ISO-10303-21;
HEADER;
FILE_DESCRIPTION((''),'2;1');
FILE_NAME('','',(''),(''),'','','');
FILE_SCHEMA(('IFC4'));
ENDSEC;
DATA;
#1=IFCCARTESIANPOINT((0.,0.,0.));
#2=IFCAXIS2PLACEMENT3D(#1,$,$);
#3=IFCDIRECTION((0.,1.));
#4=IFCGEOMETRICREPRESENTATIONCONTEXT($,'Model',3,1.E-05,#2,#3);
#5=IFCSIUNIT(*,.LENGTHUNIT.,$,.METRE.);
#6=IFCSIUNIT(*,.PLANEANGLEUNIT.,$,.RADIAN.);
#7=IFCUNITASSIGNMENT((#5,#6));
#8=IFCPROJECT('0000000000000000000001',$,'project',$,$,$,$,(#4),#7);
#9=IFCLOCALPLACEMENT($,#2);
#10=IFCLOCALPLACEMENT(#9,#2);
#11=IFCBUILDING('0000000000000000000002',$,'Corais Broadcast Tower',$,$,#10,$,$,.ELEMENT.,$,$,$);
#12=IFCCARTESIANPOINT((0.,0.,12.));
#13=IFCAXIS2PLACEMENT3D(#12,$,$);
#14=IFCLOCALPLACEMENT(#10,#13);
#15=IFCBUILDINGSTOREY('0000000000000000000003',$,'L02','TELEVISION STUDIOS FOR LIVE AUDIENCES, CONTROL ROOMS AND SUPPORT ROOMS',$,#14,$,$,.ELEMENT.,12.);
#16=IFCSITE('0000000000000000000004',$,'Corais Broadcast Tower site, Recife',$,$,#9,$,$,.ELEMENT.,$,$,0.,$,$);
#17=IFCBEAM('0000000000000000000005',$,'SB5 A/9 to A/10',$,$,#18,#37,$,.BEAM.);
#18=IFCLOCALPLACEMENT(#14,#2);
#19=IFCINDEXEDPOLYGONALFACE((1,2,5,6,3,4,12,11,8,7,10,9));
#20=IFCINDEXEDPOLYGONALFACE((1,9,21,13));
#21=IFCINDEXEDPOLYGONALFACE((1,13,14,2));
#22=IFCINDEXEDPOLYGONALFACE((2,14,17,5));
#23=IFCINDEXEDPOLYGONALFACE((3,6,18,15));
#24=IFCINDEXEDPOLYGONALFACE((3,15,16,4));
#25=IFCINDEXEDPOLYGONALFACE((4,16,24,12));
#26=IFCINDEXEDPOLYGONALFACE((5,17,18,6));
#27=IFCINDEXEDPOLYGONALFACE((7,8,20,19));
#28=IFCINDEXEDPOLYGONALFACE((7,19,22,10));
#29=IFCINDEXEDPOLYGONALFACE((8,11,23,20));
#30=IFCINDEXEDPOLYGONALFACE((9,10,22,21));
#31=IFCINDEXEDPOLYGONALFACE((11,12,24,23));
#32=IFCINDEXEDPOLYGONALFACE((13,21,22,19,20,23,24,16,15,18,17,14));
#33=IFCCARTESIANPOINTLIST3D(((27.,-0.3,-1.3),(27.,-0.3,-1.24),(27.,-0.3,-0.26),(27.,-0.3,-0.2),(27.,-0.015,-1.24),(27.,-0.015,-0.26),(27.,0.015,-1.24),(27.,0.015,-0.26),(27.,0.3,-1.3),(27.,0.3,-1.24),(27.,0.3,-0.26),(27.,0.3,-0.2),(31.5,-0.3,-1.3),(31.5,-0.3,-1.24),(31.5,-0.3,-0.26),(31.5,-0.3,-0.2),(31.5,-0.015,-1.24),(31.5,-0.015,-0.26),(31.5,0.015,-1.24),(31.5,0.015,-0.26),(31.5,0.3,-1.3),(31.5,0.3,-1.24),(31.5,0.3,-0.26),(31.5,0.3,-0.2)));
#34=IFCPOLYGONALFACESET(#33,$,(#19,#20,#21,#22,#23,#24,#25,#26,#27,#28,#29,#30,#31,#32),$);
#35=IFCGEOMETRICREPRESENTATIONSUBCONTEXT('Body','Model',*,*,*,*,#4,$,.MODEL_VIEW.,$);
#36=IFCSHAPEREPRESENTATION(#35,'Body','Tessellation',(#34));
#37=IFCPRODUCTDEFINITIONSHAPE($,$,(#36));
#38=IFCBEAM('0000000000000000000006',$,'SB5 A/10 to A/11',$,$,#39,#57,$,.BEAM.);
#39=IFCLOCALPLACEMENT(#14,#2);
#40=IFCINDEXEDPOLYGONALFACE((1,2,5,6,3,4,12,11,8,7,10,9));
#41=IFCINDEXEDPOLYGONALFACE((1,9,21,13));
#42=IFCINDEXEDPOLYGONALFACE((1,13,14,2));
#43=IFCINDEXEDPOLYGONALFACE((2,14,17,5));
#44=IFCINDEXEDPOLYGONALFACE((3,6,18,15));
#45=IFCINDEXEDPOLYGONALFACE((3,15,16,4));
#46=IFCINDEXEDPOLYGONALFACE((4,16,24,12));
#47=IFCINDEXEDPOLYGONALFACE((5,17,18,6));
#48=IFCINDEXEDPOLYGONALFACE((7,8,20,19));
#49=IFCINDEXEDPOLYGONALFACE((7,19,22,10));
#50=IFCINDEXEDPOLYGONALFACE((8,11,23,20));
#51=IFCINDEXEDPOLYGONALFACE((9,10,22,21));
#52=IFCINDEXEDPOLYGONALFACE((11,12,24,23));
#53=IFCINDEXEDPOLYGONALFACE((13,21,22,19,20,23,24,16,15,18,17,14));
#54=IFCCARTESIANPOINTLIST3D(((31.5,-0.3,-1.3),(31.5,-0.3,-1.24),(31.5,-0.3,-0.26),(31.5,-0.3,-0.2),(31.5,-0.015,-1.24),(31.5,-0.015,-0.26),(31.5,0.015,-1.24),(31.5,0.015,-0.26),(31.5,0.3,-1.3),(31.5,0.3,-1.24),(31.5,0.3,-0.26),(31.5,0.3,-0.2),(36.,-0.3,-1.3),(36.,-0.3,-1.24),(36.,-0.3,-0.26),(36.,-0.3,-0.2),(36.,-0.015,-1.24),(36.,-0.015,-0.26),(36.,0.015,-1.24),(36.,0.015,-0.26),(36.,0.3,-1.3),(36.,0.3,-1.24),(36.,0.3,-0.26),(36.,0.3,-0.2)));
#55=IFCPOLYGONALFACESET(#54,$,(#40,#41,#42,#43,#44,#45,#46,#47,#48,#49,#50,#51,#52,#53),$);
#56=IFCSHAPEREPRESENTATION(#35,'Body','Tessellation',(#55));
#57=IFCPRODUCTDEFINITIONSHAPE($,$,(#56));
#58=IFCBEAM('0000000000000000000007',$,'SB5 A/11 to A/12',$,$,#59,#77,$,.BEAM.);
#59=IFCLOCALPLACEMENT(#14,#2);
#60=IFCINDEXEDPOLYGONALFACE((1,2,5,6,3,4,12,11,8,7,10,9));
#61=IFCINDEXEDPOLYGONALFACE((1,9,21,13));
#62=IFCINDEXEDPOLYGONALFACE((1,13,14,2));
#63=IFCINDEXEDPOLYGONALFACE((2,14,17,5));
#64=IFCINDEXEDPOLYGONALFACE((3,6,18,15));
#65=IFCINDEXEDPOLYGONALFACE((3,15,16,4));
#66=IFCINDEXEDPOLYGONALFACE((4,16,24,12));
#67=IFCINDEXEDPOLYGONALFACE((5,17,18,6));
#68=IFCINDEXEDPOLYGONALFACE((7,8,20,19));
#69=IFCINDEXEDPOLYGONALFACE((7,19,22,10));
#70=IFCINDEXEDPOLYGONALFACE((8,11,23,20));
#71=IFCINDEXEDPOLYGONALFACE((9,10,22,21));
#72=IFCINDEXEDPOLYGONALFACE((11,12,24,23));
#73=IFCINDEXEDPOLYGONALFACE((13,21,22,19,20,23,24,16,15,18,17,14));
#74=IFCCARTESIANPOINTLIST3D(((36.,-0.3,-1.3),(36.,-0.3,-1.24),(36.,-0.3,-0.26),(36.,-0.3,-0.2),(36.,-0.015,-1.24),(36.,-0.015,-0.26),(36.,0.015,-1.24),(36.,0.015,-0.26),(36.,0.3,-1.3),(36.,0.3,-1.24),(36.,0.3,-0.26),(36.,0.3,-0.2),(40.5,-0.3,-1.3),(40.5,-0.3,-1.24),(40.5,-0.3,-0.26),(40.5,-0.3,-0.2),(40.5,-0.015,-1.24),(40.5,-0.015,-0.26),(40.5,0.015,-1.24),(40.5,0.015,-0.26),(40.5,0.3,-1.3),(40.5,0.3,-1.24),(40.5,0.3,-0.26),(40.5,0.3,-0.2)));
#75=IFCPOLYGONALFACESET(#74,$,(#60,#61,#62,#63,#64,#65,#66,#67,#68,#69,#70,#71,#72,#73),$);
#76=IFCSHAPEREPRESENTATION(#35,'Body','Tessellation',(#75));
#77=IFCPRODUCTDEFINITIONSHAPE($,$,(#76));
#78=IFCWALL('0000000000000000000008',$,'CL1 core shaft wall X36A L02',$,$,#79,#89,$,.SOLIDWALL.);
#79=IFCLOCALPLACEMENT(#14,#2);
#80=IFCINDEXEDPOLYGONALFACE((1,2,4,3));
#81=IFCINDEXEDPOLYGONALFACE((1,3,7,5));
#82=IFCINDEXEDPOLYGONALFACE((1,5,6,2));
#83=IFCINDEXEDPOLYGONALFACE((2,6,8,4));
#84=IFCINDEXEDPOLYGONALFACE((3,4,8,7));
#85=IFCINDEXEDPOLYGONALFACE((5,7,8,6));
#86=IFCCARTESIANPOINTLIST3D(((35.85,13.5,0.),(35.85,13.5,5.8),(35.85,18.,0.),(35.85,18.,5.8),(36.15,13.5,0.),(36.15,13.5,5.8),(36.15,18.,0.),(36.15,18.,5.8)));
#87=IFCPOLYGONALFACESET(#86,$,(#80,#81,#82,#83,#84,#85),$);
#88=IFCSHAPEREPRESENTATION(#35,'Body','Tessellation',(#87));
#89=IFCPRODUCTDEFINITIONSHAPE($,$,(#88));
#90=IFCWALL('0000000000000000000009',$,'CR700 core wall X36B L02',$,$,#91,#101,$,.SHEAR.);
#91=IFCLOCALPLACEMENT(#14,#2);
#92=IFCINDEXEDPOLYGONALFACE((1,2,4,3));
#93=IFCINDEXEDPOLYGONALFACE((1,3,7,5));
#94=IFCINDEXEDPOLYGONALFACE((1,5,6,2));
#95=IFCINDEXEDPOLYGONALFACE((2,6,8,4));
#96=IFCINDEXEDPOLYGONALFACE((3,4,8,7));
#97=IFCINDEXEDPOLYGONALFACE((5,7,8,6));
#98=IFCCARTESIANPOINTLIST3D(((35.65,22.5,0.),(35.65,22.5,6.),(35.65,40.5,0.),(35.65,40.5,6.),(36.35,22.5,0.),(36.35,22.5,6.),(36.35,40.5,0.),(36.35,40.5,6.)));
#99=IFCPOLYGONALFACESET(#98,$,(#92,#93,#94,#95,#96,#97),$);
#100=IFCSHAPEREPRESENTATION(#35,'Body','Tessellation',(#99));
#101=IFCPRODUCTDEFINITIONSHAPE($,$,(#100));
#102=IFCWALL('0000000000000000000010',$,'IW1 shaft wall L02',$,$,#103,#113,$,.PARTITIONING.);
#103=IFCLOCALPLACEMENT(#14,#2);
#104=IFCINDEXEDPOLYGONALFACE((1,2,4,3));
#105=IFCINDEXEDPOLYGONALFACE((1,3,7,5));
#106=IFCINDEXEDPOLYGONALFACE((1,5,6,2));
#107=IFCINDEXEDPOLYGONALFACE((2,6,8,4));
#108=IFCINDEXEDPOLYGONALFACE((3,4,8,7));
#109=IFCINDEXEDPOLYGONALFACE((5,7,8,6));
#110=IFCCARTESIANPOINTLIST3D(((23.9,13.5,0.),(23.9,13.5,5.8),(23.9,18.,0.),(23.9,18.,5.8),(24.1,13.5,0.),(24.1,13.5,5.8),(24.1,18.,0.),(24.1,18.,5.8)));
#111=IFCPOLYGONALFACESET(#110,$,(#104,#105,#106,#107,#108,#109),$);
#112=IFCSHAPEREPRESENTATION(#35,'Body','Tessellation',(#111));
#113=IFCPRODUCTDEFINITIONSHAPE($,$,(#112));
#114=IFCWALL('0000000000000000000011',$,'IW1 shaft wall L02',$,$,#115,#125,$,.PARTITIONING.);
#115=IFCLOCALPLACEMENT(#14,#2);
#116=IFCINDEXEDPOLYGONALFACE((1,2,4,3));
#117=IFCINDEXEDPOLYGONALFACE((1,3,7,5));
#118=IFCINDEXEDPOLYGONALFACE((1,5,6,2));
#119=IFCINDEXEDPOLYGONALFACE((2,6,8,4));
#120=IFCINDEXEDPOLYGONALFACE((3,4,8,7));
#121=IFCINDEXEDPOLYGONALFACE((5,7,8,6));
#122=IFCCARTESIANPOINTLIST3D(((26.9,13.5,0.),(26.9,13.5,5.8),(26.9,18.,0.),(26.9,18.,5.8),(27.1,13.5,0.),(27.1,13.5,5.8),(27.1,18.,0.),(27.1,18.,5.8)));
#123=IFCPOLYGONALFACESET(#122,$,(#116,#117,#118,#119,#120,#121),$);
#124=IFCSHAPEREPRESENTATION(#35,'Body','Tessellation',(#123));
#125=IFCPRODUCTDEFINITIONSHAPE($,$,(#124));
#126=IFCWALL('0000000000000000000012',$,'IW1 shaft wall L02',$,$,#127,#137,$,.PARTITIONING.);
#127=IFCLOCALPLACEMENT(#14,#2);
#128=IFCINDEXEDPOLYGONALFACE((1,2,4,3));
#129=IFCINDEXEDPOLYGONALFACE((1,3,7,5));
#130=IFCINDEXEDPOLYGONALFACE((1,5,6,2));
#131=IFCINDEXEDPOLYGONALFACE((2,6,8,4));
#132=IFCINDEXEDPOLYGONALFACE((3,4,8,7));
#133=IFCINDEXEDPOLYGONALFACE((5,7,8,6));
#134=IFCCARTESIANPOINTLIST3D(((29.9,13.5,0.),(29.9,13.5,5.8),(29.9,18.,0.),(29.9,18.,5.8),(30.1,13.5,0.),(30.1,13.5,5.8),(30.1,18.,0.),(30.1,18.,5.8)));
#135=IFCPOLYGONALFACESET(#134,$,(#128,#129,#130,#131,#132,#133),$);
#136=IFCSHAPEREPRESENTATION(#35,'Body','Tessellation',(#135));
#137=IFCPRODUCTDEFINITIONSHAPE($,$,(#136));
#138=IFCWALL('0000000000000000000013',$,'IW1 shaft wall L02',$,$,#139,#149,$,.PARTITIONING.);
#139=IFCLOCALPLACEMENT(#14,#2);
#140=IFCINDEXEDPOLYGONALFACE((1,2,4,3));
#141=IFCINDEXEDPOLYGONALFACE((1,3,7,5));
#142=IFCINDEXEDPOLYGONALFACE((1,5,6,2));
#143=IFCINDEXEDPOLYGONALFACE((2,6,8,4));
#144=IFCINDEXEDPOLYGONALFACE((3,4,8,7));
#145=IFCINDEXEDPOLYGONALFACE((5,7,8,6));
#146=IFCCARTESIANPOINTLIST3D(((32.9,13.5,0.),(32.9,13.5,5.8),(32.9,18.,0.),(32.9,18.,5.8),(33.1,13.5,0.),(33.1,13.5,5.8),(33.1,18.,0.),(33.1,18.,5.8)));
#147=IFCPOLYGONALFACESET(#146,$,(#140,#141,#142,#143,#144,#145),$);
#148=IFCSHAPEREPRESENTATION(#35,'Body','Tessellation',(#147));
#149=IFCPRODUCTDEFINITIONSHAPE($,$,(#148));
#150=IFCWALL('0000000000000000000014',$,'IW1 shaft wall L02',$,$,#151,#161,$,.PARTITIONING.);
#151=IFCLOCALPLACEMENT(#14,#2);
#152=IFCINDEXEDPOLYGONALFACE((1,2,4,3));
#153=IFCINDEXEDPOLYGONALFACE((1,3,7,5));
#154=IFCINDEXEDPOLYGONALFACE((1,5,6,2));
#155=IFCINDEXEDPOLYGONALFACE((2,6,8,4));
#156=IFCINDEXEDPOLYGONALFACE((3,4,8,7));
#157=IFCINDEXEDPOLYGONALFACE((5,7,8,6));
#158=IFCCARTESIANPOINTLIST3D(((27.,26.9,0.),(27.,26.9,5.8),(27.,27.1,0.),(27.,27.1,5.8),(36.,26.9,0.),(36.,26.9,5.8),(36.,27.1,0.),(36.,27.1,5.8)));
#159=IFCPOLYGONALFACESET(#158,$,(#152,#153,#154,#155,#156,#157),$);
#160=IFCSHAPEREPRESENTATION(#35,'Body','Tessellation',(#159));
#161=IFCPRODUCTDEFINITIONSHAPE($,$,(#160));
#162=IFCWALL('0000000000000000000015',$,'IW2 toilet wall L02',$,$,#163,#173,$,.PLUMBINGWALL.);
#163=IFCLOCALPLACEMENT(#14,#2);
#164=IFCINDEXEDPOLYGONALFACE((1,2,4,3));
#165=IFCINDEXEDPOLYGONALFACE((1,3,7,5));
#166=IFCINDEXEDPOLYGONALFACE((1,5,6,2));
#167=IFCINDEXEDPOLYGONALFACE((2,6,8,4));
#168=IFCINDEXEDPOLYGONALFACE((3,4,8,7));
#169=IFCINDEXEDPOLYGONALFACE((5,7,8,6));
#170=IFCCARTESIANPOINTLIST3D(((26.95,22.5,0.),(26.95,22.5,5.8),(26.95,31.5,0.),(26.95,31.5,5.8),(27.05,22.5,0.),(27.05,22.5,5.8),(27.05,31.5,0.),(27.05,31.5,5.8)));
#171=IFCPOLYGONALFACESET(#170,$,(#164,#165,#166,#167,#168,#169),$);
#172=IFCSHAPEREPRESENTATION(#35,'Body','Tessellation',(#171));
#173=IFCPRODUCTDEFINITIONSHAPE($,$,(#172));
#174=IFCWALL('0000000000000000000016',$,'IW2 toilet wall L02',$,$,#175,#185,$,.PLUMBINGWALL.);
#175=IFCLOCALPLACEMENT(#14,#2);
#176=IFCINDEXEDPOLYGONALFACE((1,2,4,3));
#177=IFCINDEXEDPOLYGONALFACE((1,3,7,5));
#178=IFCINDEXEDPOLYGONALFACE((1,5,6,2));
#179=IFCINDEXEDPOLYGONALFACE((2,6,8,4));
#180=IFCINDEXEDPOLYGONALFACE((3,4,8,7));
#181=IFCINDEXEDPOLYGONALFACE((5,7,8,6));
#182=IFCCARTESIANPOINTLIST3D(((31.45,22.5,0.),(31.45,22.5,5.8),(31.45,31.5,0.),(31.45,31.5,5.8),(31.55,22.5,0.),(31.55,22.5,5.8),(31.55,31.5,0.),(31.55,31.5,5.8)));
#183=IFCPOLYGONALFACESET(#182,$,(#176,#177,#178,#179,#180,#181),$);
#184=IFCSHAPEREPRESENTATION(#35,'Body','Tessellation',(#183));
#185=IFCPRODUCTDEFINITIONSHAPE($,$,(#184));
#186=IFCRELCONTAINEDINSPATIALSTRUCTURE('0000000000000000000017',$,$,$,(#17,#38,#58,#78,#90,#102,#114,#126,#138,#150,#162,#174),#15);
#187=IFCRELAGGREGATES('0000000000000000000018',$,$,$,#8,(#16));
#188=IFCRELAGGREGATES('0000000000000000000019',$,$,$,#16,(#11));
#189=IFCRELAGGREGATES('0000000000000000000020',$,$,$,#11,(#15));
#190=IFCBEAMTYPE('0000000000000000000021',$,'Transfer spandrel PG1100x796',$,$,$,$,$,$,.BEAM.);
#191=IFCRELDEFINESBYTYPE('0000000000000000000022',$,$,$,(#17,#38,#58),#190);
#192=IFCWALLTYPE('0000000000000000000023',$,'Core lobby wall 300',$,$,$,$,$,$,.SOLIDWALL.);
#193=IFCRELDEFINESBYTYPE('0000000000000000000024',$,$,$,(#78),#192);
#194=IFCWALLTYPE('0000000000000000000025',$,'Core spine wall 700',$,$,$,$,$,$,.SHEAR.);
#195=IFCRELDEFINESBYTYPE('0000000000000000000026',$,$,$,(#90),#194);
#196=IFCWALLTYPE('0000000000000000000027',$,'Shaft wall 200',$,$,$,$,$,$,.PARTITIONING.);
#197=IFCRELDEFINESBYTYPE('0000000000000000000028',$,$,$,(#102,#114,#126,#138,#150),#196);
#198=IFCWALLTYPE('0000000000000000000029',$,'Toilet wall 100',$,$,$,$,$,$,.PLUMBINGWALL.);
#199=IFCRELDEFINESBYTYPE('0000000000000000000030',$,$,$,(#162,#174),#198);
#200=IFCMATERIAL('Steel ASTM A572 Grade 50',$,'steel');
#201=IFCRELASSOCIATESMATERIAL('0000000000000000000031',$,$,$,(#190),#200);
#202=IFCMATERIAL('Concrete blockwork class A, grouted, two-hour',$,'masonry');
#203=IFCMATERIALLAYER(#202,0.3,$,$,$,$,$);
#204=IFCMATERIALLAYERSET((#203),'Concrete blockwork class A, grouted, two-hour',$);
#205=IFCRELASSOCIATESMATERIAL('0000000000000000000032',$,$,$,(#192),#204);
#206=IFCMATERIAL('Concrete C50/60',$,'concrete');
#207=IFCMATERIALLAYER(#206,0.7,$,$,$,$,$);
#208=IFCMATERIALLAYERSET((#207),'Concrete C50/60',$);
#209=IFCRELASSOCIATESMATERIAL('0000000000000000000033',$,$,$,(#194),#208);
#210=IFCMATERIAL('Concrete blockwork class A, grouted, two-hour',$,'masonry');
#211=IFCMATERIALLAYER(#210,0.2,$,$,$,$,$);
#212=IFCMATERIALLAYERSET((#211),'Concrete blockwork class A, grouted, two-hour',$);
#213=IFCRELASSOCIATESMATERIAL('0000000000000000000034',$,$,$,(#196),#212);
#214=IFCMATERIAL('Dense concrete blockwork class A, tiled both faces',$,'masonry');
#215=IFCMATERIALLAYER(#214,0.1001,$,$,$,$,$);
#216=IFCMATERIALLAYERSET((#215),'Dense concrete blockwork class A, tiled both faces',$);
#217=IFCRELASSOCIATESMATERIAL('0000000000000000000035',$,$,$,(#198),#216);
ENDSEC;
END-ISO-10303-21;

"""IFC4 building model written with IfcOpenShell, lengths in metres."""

from ifc_helpers import new_model, si_unit, direction, frame, frame_2d, origin, origin_2d, place, context, subcontext, project, spatial, rectangle, i_section, extrude, material, layer, layer_set, material_profile, profile_set, type_object, element, save


model = new_model("IFC4")

# Units and contexts
model_context = context("Model", 3, precision=1e-05, world=origin(), true_north=direction((0.0, 1.0)))
body_context = subcontext(model_context, "Body", "Model", "MODEL_VIEW")
ifc_project = project(units=[si_unit("LENGTHUNIT", "METRE"), si_unit("PLANEANGLEUNIT", "RADIAN")], contexts=[model_context])

# Site, building, storey
site_placement = place(None, origin())
site = spatial("IfcSite", under=ifc_project, at=site_placement, Name="Corais Broadcast Tower site, Recife", CompositionType="ELEMENT", RefElevation=0.0)
building_placement = place(site_placement, origin())
building = spatial("IfcBuilding", under=site, at=building_placement, Name="Corais Broadcast Tower", CompositionType="ELEMENT")
storey_placement = place(building_placement, frame((0.0, 0.0, 12.0)))
storey = spatial("IfcBuildingStorey", under=building, at=storey_placement, Name="L02", Description="TELEVISION STUDIOS FOR LIVE AUDIENCES, CONTROL ROOMS AND SUPPORT ROOMS", CompositionType="ELEMENT", Elevation=12.0)

# Beams
ifc_material_1 = material(Name="Steel ASTM A572 Grade 50", Category="steel")
ifc_material_profile_1 = material_profile(ifc_material_1, i_section(OverallWidth=0.6001, OverallDepth=1.1001, WebThickness=0.03, FlangeThickness=0.0601, at=origin_2d()), Name="PG1100x796")
ifc_profile_set_1 = profile_set([ifc_material_profile_1], Name="Steel ASTM A572 Grade 50")
beam_type_1 = type_object("IfcBeamType", Name="Transfer spandrel PG1100x796", PredefinedType="BEAM", material=ifc_profile_set_1)
for number, where, z_axis, x_axis, name in (
    (1, (27.0, 0.0, -0.75), (1.0, 0.0, 0.0), (0.0, 1.0, 0.0), "SB5 A/9 to A/10"),
    (2, (31.5, 0.0, -0.75), (1.0, 0.0, 0.0), (0.0, 1.0, 0.0), "SB5 A/10 to A/11"),
    (3, (36.0, 0.0, -0.75), (1.0, 0.0, 0.0), (0.0, 1.0, 0.0), "SB5 A/11 to A/12"),
):
    element("IfcBeam", number, at=place(storey_placement, frame(where, z_axis=z_axis, x_axis=x_axis)), inside=storey, type_object=beam_type_1, Name=name, PredefinedType="BEAM", context=body_context, shape_type="SweptSolid", body=[
        extrude(i_section(OverallWidth=0.6001, OverallDepth=1.1001, WebThickness=0.03, FlangeThickness=0.0601, at=origin_2d()), origin(), (0.0, 0.0, 1.0), 4.5),
    ])

# Walls
ifc_material_2 = material(Name="Concrete blockwork class A, grouted, two-hour", Category="masonry")
ifc_layer_1 = layer(ifc_material_2, 0.3)
ifc_layer_set_1 = layer_set([ifc_layer_1], Name="Concrete blockwork class A, grouted, two-hour")
wall_type_1 = type_object("IfcWallType", Name="Core lobby wall 300", PredefinedType="SOLIDWALL", material=ifc_layer_set_1)
wall_1_placement = place(storey_placement, frame((36.0, 13.5, 0.0), z_axis=(0.0, 0.0, 1.0), x_axis=(0.0, 1.0, 0.0)))
element("IfcWall", 4, at=wall_1_placement, inside=storey, type_object=wall_type_1, Name="CL1 core shaft wall X36A L02", PredefinedType="SOLIDWALL", context=body_context, shape_type="SweptSolid", body=[
    extrude(rectangle(XDim=4.5, YDim=0.3, at=frame_2d((2.25, 0.0))), origin(), (0.0, 0.0, 1.0), 5.8),
])
ifc_material_3 = material(Name="Concrete C50/60", Category="concrete")
ifc_layer_2 = layer(ifc_material_3, 0.7)
ifc_layer_set_2 = layer_set([ifc_layer_2], Name="Concrete C50/60")
wall_type_2 = type_object("IfcWallType", Name="Core spine wall 700", PredefinedType="SHEAR", material=ifc_layer_set_2)
wall_2_placement = place(storey_placement, frame((36.0, 22.5, 0.0), z_axis=(0.0, 0.0, 1.0), x_axis=(0.0, 1.0, 0.0)))
element("IfcWall", 5, at=wall_2_placement, inside=storey, type_object=wall_type_2, Name="CR700 core wall X36B L02", PredefinedType="SHEAR", context=body_context, shape_type="SweptSolid", body=[
    extrude(rectangle(XDim=18.0, YDim=0.7, at=frame_2d((9.0, 0.0))), origin(), (0.0, 0.0, 1.0), 6.0),
])
ifc_material_4 = material(Name="Concrete blockwork class A, grouted, two-hour", Category="masonry")
ifc_layer_3 = layer(ifc_material_4, 0.2)
ifc_layer_set_3 = layer_set([ifc_layer_3], Name="Concrete blockwork class A, grouted, two-hour")
wall_type_3 = type_object("IfcWallType", Name="Shaft wall 200", PredefinedType="PARTITIONING", material=ifc_layer_set_3)
for number, where, z_axis, x_axis, name in (
    (6, (24.0, 13.5, 0.0), (0.0, 0.0, 1.0), (0.0, 1.0, 0.0), "IW1 shaft wall L02"),
    (7, (27.0, 13.5, 0.0), (0.0, 0.0, 1.0), (0.0, 1.0, 0.0), "IW1 shaft wall L02"),
    (8, (30.0, 13.5, 0.0), (0.0, 0.0, 1.0), (0.0, 1.0, 0.0), "IW1 shaft wall L02"),
    (9, (33.0, 13.5, 0.0), (0.0, 0.0, 1.0), (0.0, 1.0, 0.0), "IW1 shaft wall L02"),
):
    element("IfcWall", number, at=place(storey_placement, frame(where, z_axis=z_axis, x_axis=x_axis)), inside=storey, type_object=wall_type_3, Name=name, PredefinedType="PARTITIONING", context=body_context, shape_type="SweptSolid", body=[
        extrude(rectangle(XDim=4.5, YDim=0.2, at=frame_2d((2.25, 0.0))), origin(), (0.0, 0.0, 1.0), 5.8),
    ])
wall_3_placement = place(storey_placement, frame((27.0, 27.0, 0.0), z_axis=(0.0, 0.0, 1.0), x_axis=(1.0, 0.0, 0.0)))
element("IfcWall", 10, at=wall_3_placement, inside=storey, type_object=wall_type_3, Name="IW1 shaft wall L02", PredefinedType="PARTITIONING", context=body_context, shape_type="SweptSolid", body=[
    extrude(rectangle(XDim=9.0, YDim=0.2, at=frame_2d((4.5, 0.0))), origin(), (0.0, 0.0, 1.0), 5.8),
])
ifc_material_5 = material(Name="Dense concrete blockwork class A, tiled both faces", Category="masonry")
ifc_layer_4 = layer(ifc_material_5, 0.1001)
ifc_layer_set_4 = layer_set([ifc_layer_4], Name="Dense concrete blockwork class A, tiled both faces")
wall_type_4 = type_object("IfcWallType", Name="Toilet wall 100", PredefinedType="PLUMBINGWALL", material=ifc_layer_set_4)
for number, where, z_axis, x_axis, name in (
    (11, (27.0, 22.5, 0.0), (0.0, 0.0, 1.0), (0.0, 1.0, 0.0), "IW2 toilet wall L02"),
    (12, (31.5, 22.5, 0.0), (0.0, 0.0, 1.0), (0.0, 1.0, 0.0), "IW2 toilet wall L02"),
):
    element("IfcWall", number, at=place(storey_placement, frame(where, z_axis=z_axis, x_axis=x_axis)), inside=storey, type_object=wall_type_4, Name=name, PredefinedType="PLUMBINGWALL", context=body_context, shape_type="SweptSolid", body=[
        extrude(rectangle(XDim=9.0, YDim=0.1001, at=frame_2d((4.5, 0.0))), origin(), (0.0, 0.0, 1.0), 5.8),
    ])

save(model, "model.ifc")
